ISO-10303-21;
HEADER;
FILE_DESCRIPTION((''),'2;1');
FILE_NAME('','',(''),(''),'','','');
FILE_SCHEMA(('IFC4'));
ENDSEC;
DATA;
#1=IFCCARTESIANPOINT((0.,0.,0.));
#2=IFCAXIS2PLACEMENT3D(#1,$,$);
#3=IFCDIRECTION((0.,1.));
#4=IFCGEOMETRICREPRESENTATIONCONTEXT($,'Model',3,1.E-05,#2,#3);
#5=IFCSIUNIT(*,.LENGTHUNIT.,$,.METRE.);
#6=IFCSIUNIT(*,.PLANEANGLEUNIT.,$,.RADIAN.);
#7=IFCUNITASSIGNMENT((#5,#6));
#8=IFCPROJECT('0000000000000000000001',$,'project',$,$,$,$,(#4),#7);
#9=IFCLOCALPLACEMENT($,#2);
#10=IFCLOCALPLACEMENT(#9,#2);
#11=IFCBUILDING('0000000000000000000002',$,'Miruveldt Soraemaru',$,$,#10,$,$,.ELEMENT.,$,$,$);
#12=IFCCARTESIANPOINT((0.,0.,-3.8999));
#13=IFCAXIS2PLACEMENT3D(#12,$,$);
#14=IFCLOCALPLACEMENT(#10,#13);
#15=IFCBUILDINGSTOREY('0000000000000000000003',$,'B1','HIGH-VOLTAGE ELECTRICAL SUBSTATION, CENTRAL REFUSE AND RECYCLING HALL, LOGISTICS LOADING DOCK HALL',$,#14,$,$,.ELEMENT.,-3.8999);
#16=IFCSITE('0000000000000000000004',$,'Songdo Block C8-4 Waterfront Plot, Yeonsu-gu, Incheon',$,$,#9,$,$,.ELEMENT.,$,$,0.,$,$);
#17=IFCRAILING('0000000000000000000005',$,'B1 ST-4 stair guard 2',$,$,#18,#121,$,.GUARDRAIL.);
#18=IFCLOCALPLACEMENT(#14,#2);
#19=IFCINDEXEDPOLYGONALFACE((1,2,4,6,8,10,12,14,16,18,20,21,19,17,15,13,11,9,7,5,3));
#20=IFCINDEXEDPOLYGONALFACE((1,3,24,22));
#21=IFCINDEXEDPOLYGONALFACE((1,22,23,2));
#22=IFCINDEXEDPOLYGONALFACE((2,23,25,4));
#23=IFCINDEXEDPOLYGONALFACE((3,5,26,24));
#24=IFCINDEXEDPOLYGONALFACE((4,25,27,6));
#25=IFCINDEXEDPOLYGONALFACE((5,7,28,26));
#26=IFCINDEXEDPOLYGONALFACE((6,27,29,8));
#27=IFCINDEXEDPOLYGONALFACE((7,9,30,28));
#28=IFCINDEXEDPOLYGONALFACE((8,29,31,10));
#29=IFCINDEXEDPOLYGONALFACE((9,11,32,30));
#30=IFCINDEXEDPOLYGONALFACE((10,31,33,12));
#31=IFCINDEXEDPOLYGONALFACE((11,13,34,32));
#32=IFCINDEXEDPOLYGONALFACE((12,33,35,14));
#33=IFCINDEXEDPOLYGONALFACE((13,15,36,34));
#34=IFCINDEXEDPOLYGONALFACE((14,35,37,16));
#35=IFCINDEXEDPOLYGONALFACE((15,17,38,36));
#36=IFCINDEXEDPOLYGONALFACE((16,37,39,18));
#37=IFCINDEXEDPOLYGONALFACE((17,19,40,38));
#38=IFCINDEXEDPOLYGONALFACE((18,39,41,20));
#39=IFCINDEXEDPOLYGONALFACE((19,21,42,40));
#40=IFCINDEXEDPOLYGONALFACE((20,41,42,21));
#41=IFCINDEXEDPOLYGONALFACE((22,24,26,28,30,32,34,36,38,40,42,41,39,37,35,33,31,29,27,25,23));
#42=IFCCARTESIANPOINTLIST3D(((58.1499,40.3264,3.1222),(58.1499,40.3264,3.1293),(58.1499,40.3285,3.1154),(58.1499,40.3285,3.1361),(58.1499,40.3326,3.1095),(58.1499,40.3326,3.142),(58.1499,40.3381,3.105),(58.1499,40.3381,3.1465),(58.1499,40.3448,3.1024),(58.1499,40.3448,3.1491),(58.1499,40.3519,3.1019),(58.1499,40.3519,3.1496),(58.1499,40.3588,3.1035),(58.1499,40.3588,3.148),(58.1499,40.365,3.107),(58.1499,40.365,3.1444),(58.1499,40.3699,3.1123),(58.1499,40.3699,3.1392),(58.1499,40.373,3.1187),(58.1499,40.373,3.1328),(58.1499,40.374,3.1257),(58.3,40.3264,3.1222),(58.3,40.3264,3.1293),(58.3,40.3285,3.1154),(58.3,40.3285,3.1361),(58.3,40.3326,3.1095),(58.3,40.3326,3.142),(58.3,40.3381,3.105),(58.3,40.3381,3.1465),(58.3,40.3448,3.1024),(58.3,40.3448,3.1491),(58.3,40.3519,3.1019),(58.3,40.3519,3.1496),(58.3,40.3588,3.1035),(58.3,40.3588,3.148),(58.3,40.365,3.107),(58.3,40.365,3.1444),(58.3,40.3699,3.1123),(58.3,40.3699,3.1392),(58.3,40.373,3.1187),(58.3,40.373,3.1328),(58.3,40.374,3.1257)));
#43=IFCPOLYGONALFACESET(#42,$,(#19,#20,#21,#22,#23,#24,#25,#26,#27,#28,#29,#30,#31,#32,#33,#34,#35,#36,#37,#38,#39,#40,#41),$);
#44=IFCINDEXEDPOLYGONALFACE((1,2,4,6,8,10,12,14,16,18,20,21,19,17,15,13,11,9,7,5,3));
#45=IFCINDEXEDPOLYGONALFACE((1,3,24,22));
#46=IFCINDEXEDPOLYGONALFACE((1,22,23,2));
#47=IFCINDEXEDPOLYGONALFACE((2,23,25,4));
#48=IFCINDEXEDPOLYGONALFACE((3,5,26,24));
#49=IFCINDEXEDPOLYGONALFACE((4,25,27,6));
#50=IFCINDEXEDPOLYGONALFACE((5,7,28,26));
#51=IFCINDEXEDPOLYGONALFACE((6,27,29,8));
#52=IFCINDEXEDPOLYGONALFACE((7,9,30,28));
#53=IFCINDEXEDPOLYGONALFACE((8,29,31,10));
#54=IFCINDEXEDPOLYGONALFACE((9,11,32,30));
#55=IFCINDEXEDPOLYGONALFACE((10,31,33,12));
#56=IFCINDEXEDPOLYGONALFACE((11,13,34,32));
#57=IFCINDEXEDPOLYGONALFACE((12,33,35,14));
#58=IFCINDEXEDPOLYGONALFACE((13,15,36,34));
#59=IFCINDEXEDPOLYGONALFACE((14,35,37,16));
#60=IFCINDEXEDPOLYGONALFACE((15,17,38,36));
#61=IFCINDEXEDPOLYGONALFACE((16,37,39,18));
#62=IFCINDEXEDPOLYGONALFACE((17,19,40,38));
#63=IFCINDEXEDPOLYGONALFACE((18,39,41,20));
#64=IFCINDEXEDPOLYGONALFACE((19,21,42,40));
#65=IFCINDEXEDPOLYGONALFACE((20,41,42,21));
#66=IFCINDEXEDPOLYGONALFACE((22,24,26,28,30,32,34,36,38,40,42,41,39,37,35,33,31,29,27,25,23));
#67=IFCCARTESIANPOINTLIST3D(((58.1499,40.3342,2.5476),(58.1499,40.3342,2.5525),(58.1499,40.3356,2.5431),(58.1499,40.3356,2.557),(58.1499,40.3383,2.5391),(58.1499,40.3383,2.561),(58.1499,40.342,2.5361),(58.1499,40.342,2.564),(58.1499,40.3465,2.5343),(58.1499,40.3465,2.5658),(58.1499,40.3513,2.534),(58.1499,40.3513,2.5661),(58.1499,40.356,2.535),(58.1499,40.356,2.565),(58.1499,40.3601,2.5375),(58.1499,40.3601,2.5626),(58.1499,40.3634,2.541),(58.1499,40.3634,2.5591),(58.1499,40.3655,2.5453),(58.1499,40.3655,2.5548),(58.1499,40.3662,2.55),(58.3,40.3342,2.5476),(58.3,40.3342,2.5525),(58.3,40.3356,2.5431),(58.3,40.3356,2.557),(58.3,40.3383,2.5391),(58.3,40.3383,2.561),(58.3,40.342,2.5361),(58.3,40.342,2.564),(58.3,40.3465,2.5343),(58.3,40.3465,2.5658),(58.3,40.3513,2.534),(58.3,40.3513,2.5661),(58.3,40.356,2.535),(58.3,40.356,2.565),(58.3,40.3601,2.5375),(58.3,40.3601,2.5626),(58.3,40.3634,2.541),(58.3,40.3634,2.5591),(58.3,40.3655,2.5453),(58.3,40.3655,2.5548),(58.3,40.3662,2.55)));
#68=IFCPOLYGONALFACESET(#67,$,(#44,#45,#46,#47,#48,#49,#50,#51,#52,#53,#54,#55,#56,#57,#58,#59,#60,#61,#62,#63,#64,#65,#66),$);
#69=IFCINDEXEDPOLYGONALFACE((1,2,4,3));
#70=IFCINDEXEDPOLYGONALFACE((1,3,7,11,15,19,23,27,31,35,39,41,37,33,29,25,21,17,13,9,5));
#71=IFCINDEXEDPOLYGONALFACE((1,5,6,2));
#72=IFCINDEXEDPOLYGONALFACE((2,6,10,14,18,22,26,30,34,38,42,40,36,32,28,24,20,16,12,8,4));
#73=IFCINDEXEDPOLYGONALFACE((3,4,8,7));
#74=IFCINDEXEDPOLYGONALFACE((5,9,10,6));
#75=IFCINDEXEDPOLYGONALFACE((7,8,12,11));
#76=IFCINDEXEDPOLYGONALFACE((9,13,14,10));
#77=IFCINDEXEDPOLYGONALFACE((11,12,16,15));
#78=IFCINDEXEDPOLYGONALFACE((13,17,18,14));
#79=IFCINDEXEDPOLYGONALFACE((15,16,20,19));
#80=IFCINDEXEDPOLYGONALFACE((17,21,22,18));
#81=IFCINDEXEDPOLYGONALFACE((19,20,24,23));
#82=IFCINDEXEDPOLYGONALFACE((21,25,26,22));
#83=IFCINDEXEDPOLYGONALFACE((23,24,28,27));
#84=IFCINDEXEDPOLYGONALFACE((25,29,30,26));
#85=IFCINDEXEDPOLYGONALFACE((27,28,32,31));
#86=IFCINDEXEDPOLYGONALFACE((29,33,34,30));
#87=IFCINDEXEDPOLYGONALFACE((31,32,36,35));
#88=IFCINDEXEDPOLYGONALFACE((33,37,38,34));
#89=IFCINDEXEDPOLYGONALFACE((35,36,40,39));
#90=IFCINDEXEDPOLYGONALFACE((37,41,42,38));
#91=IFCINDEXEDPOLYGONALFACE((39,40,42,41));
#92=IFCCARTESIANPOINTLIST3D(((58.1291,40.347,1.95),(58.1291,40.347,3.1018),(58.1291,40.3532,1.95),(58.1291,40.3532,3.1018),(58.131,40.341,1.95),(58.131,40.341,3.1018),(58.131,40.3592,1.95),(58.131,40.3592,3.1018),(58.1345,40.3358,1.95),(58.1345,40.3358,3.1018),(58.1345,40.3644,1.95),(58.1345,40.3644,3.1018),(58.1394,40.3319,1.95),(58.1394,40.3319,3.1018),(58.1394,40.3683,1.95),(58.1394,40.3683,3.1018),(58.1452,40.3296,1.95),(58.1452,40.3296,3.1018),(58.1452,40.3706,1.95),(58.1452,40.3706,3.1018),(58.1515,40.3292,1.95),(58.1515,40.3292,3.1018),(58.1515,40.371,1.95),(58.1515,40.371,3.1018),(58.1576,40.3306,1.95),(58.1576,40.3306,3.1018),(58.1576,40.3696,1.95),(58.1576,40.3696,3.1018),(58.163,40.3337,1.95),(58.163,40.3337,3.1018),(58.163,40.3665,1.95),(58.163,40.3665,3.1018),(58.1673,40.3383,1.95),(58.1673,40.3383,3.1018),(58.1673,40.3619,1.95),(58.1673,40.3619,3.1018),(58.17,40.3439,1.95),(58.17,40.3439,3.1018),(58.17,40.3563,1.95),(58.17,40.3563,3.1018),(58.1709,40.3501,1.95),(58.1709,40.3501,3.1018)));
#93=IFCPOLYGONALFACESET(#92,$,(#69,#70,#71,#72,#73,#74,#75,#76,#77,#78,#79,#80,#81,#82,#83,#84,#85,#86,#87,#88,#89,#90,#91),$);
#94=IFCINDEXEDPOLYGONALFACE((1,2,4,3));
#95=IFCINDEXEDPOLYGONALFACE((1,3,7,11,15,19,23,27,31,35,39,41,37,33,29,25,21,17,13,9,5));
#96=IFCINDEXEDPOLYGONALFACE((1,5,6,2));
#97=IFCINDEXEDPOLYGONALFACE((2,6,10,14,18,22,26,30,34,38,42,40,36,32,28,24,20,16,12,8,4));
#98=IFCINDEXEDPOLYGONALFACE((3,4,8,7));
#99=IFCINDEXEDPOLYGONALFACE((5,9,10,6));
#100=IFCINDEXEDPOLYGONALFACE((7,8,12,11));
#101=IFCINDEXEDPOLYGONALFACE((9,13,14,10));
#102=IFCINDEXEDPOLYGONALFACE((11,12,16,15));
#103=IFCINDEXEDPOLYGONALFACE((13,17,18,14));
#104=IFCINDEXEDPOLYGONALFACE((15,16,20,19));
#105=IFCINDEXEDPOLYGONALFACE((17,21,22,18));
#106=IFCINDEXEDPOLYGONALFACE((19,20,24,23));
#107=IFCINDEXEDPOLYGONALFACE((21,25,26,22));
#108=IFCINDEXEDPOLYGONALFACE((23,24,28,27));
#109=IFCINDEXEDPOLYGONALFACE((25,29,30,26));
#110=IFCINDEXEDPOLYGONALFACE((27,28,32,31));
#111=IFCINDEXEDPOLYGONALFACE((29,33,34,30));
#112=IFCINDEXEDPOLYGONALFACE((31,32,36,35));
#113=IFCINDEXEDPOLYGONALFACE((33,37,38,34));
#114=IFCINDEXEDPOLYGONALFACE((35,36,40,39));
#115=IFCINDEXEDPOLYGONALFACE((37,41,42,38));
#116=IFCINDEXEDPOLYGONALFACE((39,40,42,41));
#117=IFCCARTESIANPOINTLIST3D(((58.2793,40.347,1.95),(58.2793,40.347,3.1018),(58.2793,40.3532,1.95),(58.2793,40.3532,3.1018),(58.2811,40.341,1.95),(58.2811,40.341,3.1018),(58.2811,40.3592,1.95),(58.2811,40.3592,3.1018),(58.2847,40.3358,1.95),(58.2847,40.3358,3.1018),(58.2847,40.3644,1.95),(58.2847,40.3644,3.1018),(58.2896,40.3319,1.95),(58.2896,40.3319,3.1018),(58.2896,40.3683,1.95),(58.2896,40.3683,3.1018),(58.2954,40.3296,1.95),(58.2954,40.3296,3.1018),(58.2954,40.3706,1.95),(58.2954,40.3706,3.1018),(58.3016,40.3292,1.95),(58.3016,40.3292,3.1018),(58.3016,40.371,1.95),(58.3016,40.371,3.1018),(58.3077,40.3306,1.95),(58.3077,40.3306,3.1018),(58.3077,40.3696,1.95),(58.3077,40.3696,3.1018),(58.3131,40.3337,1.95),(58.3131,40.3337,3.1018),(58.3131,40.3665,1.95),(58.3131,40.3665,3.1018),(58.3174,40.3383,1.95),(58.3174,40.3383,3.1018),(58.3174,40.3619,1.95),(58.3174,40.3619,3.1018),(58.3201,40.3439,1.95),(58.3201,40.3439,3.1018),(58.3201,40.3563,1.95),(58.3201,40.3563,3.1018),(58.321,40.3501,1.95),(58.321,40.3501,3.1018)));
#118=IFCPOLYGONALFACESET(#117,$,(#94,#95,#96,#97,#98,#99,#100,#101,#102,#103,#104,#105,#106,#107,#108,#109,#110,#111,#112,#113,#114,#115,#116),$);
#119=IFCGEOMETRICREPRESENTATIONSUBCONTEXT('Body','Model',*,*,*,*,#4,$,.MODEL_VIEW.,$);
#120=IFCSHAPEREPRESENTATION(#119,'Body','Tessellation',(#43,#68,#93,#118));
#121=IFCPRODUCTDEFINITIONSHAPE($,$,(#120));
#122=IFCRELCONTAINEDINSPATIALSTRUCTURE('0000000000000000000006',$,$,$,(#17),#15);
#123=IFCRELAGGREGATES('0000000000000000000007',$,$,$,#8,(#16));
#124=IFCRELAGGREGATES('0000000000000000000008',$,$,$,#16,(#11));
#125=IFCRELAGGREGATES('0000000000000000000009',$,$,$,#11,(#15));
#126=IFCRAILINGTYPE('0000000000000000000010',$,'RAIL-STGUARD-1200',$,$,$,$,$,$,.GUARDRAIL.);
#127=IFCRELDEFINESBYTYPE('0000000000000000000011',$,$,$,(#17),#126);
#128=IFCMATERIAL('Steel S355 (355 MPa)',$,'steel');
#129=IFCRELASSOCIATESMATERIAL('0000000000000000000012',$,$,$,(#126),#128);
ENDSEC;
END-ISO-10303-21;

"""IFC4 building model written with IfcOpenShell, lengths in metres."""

from ifc_helpers import new_model, si_unit, direction, frame, origin, origin_2d, place, context, subcontext, project, spatial, circle, extrude, material, type_object, element, save


model = new_model("IFC4")

# Units and contexts
model_context = context("Model", 3, precision=1e-05, world=origin(), true_north=direction((0.0, 1.0)))
body_context = subcontext(model_context, "Body", "Model", "MODEL_VIEW")
ifc_project = project(units=[si_unit("LENGTHUNIT", "METRE"), si_unit("PLANEANGLEUNIT", "RADIAN")], contexts=[model_context])

# Site, building, storey
site_placement = place(None, origin())
site = spatial("IfcSite", under=ifc_project, at=site_placement, Name="Songdo Block C8-4 Waterfront Plot, Yeonsu-gu, Incheon", CompositionType="ELEMENT", RefElevation=0.0)
building_placement = place(site_placement, origin())
building = spatial("IfcBuilding", under=site, at=building_placement, Name="Miruveldt Soraemaru", CompositionType="ELEMENT")
storey_placement = place(building_placement, frame((0.0, 0.0, -3.8999)))
storey = spatial("IfcBuildingStorey", under=building, at=storey_placement, Name="B1", Description="HIGH-VOLTAGE ELECTRICAL SUBSTATION, CENTRAL REFUSE AND RECYCLING HALL, LOGISTICS LOADING DOCK HALL", CompositionType="ELEMENT", Elevation=-3.8999)

# Shared definitions
ifc_material_1 = material(Name="Steel S355 (355 MPa)", Category="steel")

# Railing
railing_type_1 = type_object("IfcRailingType", Name="RAIL-STGUARD-1200", PredefinedType="GUARDRAIL", material=ifc_material_1)
railing_1_placement = place(storey_placement, frame((58.1499, 40.3501, 1.95)))
element("IfcRailing", 1, at=railing_1_placement, inside=storey, type_object=railing_type_1, Name="B1 ST-4 stair guard 2", PredefinedType="GUARDRAIL", context=body_context, shape_type="SweptSolid", body=[
    extrude(circle(Radius=0.0239, at=origin_2d()), frame((0.0, 0.0, 1.1758), z_axis=(1.0, 0.0, 0.0), x_axis=(0.0, 1.0, 0.0)), (0.0, 0.0, 1.0), 0.1501),
    extrude(circle(Radius=0.0161, at=origin_2d()), frame((0.0, 0.0, 0.6001), z_axis=(1.0, 0.0, 0.0), x_axis=(0.0, 1.0, 0.0)), (0.0, 0.0, 1.0), 0.1501),
    extrude(circle(Radius=0.021, at=origin_2d()), origin(), (0.0, 0.0, 1.0), 1.1519),
    extrude(circle(Radius=0.021, at=origin_2d()), frame((0.1501, 0.0, 0.0)), (0.0, 0.0, 1.0), 1.1519),
])

save(model, "model.ifc")
